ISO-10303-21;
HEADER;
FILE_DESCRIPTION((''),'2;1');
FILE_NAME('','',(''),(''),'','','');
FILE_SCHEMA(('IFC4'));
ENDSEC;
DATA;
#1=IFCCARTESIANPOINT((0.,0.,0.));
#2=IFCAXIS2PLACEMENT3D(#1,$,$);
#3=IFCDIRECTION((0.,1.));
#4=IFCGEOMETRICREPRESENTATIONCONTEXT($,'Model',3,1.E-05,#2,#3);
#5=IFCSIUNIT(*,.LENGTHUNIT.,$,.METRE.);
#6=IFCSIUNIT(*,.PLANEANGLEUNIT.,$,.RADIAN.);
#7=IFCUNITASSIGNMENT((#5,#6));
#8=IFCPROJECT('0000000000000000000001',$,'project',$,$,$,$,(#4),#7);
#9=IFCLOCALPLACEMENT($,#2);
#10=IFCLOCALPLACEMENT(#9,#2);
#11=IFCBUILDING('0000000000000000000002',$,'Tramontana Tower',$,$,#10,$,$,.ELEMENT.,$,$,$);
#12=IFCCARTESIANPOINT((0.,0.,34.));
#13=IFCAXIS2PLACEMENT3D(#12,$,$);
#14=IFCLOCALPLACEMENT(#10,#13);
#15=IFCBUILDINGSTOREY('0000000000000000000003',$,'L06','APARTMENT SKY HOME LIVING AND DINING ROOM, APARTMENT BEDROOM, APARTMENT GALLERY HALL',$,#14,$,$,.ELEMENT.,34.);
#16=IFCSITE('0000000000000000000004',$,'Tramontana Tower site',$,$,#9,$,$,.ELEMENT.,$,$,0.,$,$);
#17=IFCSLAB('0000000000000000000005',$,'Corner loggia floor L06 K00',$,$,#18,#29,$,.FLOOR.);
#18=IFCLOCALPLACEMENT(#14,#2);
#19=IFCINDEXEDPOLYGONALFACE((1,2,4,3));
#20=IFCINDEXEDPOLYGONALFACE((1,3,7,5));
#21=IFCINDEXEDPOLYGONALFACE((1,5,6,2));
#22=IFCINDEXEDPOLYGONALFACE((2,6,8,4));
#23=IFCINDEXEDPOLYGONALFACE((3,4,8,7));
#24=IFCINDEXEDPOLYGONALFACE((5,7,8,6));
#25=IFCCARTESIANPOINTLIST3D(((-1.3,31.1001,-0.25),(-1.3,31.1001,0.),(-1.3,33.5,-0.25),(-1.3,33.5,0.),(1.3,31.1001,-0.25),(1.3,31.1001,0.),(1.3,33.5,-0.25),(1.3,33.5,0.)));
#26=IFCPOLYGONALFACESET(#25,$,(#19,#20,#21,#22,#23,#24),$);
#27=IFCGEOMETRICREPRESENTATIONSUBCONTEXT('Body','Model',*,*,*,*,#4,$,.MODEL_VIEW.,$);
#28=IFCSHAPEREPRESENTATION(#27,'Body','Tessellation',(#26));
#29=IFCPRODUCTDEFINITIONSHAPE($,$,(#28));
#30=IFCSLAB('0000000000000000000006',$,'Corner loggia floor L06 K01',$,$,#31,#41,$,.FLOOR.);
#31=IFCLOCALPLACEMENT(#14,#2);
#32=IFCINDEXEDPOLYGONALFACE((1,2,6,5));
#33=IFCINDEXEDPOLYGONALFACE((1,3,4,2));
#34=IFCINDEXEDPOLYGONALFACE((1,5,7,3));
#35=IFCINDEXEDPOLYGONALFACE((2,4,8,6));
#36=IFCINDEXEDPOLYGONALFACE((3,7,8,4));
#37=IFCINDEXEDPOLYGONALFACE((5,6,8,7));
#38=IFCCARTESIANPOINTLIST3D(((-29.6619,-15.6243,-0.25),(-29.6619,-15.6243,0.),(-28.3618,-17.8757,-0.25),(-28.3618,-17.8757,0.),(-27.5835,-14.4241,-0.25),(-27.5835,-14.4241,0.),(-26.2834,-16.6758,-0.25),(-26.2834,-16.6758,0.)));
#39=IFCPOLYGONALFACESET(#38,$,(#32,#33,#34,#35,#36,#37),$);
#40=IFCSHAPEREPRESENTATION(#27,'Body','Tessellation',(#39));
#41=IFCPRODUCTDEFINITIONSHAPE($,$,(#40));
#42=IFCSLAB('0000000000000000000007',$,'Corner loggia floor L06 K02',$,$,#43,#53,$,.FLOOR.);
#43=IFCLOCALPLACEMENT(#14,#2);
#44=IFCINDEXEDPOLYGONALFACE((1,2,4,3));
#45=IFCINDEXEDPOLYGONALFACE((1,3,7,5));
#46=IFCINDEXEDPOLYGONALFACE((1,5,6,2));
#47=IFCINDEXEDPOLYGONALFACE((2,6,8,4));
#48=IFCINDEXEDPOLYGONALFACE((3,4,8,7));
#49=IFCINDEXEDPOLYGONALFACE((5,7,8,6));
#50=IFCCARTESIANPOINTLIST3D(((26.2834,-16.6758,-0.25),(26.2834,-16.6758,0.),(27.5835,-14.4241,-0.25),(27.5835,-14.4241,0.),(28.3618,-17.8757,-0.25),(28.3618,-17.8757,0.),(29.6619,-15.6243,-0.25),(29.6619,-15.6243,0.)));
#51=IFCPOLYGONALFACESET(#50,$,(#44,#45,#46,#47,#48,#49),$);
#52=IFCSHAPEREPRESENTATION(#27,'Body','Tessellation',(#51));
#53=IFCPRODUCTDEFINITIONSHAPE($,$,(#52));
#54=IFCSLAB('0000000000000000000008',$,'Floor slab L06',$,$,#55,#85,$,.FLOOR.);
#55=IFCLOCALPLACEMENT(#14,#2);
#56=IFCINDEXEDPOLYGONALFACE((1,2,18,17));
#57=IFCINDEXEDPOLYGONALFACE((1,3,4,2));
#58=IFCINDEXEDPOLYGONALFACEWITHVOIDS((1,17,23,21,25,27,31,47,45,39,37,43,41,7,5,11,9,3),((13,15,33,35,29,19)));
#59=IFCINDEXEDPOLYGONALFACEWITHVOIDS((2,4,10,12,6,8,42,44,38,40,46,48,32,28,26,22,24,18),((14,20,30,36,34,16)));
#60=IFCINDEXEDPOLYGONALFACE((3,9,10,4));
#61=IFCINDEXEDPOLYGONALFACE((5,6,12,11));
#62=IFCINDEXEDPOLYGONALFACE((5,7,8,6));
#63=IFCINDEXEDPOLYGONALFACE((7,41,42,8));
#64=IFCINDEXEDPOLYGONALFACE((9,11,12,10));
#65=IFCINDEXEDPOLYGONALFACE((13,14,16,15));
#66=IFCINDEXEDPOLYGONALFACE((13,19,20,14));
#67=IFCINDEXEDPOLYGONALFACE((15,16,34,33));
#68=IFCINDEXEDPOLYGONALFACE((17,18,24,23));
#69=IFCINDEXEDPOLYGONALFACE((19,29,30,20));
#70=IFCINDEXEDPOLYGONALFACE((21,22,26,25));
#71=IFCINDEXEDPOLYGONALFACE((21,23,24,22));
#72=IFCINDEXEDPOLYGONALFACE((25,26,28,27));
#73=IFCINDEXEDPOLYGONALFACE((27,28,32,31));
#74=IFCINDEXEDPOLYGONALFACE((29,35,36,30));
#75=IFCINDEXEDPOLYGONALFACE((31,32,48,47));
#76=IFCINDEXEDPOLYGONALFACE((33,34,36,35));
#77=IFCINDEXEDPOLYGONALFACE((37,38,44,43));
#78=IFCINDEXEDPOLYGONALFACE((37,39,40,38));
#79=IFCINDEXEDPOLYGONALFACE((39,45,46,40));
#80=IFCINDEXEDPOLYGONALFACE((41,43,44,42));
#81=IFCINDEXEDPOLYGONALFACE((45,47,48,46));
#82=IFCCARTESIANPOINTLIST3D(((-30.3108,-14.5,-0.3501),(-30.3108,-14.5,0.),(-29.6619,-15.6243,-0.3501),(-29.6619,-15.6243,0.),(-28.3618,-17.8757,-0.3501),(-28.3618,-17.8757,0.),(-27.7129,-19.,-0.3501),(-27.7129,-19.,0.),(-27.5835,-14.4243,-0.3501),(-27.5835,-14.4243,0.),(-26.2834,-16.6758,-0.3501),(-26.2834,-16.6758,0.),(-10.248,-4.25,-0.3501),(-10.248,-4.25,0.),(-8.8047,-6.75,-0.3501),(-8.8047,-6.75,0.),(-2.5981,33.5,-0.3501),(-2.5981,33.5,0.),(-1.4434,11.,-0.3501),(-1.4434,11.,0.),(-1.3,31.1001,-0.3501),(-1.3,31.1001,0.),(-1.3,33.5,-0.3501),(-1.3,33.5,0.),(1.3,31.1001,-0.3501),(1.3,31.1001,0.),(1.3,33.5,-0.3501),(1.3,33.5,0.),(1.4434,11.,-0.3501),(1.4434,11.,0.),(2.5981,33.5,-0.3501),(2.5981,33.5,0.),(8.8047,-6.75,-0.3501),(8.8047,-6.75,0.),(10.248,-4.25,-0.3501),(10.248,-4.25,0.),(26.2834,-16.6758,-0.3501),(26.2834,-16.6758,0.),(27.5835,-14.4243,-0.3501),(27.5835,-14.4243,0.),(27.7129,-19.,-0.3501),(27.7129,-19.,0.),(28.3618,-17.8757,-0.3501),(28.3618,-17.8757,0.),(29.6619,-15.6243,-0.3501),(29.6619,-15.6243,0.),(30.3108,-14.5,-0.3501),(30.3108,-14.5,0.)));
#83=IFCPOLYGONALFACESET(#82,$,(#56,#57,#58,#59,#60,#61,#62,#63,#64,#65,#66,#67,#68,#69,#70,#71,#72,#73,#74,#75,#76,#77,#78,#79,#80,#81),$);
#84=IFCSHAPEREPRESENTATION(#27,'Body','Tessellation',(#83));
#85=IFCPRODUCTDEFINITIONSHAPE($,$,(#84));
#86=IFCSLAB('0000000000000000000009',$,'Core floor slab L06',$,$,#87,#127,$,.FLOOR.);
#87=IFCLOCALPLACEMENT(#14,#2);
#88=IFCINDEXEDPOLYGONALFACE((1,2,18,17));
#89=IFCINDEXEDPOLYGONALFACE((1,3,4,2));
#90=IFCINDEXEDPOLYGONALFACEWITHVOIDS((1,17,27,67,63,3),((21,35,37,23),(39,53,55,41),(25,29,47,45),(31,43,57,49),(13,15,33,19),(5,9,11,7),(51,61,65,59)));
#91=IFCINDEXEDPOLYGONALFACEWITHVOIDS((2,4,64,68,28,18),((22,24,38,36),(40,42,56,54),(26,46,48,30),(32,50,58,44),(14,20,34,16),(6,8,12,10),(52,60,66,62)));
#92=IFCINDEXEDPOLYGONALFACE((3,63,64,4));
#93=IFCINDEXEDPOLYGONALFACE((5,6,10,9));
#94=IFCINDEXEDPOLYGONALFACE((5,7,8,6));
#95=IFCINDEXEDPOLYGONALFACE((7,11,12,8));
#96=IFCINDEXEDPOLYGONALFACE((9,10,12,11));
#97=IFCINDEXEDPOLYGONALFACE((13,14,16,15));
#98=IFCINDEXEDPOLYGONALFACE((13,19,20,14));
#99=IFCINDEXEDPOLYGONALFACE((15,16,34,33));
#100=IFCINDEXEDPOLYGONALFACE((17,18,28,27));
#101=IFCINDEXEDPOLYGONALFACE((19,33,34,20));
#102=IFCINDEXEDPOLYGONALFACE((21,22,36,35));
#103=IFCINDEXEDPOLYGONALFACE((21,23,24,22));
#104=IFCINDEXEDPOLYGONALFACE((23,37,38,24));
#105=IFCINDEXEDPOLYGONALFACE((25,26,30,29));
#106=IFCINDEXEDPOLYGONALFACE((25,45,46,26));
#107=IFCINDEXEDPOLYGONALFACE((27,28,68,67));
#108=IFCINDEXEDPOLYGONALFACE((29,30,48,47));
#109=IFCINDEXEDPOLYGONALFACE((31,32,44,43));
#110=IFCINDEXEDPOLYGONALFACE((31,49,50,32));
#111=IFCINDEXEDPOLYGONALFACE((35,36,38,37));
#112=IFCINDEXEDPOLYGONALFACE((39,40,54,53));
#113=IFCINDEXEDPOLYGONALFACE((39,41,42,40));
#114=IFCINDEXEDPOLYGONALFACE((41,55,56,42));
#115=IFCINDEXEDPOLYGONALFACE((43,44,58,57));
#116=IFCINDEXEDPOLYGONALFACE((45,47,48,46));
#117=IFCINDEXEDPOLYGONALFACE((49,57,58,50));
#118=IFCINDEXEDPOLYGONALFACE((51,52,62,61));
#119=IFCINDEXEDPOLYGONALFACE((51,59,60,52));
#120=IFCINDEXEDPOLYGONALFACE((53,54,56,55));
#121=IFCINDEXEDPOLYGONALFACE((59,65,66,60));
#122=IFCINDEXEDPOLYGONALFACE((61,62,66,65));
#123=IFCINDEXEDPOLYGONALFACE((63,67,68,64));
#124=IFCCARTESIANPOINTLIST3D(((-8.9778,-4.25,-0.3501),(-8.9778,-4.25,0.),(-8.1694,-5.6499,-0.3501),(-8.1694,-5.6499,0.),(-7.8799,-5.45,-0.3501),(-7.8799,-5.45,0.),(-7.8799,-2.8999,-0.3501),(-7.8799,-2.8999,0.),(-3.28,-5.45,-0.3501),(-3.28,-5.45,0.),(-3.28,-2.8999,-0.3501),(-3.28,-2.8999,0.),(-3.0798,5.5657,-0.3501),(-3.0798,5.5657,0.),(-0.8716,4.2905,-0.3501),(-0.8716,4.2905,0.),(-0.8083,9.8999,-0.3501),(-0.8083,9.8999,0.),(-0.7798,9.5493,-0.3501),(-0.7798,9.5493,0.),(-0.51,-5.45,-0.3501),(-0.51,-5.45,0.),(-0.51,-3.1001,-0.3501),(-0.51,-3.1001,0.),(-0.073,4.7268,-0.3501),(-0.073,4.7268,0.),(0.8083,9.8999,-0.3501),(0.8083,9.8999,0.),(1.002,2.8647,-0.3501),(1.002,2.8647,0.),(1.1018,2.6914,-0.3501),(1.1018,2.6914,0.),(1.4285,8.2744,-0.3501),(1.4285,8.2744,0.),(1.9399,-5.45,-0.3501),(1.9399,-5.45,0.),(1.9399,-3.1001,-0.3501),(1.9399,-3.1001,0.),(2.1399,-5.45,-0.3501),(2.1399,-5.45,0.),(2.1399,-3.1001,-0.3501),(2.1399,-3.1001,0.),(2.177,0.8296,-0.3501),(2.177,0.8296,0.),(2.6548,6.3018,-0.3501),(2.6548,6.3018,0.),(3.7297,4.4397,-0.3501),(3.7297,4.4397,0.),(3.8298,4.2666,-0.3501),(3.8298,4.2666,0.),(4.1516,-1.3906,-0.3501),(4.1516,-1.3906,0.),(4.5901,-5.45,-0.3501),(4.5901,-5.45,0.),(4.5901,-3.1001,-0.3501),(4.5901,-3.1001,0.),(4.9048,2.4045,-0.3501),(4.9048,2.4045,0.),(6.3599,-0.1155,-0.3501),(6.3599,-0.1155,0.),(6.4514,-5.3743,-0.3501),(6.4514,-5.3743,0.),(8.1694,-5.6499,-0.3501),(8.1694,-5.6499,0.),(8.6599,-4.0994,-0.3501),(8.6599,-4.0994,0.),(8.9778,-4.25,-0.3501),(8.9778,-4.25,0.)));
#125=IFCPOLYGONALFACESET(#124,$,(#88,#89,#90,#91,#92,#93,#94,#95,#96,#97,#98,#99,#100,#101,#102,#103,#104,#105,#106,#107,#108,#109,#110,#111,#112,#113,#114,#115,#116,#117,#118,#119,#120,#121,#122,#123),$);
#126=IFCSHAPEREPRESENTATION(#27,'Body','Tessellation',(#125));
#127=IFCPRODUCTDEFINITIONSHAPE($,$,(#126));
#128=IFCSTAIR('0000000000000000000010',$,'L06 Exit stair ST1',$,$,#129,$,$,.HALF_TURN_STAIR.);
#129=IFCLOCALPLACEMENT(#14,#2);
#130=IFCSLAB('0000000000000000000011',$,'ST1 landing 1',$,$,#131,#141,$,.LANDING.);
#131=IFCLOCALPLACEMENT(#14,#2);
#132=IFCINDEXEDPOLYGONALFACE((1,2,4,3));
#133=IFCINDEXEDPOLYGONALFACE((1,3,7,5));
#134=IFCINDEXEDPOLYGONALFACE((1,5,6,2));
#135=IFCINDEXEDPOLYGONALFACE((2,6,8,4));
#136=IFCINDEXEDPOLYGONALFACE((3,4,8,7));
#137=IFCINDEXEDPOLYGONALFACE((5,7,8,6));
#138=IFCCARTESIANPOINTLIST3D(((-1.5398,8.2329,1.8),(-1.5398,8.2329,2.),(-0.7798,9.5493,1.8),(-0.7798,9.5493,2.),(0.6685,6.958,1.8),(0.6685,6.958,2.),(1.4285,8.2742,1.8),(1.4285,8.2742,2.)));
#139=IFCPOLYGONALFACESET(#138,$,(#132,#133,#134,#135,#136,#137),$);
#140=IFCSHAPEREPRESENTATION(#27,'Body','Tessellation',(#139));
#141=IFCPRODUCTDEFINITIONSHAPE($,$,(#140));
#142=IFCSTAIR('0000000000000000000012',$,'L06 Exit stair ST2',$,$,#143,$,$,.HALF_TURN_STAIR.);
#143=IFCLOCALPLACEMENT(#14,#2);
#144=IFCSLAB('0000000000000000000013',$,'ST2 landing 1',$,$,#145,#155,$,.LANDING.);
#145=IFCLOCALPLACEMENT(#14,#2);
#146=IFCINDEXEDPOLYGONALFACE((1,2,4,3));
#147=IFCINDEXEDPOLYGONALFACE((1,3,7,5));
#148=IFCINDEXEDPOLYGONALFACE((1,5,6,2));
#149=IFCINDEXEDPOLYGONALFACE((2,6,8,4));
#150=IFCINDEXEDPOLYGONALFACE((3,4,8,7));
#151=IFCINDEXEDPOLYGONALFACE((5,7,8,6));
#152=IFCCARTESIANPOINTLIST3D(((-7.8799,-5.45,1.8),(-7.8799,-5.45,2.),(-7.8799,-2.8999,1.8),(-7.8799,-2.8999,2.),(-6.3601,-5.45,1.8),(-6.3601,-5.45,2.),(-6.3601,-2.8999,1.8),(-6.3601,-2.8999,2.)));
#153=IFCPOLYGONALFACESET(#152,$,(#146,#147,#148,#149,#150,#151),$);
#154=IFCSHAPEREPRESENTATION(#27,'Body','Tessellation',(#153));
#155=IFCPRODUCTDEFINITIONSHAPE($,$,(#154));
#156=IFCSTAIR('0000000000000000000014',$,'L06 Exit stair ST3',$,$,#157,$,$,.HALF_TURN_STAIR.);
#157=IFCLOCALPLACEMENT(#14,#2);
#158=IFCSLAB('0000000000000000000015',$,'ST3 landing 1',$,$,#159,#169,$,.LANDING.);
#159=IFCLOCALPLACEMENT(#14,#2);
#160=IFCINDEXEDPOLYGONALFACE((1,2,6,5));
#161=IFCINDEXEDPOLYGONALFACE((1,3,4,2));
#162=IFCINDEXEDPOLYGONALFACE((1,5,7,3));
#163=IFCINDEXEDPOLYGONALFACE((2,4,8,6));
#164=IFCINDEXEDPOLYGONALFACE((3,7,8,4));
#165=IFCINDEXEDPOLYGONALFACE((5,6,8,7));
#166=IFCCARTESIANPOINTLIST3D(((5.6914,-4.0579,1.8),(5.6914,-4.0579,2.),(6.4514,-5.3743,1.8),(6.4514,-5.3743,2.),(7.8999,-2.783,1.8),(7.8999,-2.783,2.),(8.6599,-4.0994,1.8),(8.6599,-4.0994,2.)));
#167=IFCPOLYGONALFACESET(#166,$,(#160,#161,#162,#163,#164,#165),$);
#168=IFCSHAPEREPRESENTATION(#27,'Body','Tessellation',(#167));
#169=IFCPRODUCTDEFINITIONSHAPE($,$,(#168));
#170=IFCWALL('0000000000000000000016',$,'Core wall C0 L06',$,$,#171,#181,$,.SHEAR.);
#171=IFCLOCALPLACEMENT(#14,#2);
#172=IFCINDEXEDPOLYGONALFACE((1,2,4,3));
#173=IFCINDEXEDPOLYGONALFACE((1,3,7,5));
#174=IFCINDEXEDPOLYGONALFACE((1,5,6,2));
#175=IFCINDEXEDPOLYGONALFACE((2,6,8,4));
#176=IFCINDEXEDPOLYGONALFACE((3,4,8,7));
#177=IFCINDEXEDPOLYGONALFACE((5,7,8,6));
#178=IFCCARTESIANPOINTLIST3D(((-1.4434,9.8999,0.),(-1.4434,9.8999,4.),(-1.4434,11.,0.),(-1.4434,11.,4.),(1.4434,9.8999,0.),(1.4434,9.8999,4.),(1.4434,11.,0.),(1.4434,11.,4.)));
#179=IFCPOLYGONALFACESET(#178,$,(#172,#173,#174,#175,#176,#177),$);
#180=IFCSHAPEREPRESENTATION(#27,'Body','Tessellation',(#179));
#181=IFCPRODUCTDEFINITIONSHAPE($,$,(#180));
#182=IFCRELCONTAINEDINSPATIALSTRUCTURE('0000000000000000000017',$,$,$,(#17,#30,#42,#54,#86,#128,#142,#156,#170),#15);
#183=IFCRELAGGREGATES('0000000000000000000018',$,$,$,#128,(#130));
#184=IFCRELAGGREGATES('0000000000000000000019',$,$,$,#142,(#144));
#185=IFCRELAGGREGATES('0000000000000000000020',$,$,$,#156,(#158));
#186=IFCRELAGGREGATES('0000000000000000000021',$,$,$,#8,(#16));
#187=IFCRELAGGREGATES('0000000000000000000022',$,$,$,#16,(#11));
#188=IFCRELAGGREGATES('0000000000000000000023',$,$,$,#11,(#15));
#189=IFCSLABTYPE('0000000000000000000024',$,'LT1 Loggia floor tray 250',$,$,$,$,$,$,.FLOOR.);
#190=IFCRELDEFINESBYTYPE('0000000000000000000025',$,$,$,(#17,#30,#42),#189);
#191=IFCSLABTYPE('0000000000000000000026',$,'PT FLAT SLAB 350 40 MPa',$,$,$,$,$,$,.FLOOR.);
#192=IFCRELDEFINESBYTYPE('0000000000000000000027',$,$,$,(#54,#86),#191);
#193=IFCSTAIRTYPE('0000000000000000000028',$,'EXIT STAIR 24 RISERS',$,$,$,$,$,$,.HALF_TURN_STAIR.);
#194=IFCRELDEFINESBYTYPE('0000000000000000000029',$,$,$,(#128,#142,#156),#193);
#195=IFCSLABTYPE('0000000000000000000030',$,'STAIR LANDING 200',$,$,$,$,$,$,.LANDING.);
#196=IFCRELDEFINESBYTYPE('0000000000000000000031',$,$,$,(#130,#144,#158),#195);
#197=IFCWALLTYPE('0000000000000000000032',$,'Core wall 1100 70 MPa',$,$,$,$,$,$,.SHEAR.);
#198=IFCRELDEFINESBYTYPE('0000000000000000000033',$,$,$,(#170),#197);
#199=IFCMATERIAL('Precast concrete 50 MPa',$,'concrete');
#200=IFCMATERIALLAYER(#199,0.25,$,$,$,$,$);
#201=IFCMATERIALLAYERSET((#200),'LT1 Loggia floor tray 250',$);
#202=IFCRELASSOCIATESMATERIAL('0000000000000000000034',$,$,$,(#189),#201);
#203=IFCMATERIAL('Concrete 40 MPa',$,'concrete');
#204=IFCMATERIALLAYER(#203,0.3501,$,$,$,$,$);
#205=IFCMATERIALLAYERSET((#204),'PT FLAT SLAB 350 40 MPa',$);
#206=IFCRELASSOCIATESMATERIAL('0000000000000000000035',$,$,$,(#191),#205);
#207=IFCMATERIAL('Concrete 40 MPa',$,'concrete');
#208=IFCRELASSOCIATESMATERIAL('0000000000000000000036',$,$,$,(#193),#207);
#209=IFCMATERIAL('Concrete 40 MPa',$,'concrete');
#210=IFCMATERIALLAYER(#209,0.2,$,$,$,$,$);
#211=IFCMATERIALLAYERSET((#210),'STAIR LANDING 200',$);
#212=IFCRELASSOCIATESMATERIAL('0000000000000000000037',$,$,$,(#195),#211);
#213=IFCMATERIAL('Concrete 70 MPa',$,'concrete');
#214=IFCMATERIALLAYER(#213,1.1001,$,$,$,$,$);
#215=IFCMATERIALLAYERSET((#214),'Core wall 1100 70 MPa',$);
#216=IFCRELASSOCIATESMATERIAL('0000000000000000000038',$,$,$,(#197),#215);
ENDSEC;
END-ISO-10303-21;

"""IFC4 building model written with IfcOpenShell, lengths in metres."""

from ifc_helpers import new_model, si_unit, direction, frame, frame_2d, origin, place, context, subcontext, project, spatial, polyline, rectangle, outline, extrude, material, layer, layer_set, type_object, element, aggregate, save


model = new_model("IFC4")

# Units and contexts
model_context = context("Model", 3, precision=1e-05, world=origin(), true_north=direction((0.0, 1.0)))
body_context = subcontext(model_context, "Body", "Model", "MODEL_VIEW")
ifc_project = project(units=[si_unit("LENGTHUNIT", "METRE"), si_unit("PLANEANGLEUNIT", "RADIAN")], contexts=[model_context])

# Site, building, storey
site_placement = place(None, origin())
site = spatial("IfcSite", under=ifc_project, at=site_placement, Name="Tramontana Tower site", CompositionType="ELEMENT", RefElevation=0.0)
building_placement = place(site_placement, origin())
building = spatial("IfcBuilding", under=site, at=building_placement, Name="Tramontana Tower", CompositionType="ELEMENT")
storey_placement = place(building_placement, frame((0.0, 0.0, 34.0)))
storey = spatial("IfcBuildingStorey", under=building, at=storey_placement, Name="L06", Description="APARTMENT SKY HOME LIVING AND DINING ROOM, APARTMENT BEDROOM, APARTMENT GALLERY HALL", CompositionType="ELEMENT", Elevation=34.0)

# Slabs
ifc_material_1 = material(Name="Precast concrete 50 MPa", Category="concrete")
ifc_layer_1 = layer(ifc_material_1, 0.25)
ifc_layer_set_1 = layer_set([ifc_layer_1], Name="LT1 Loggia floor tray 250")
slab_type_1 = type_object("IfcSlabType", Name="LT1 Loggia floor tray 250", PredefinedType="FLOOR", material=ifc_layer_set_1)
slab_1_placement = place(storey_placement, frame((0.0, 0.0, -0.25)))
element("IfcSlab", 1, at=slab_1_placement, inside=storey, type_object=slab_type_1, Name="Corner loggia floor L06 K00", PredefinedType="FLOOR", context=body_context, shape_type="SweptSolid", body=[
    extrude(outline(polyline([(1.3, 33.5), (1.3, 31.1001), (-1.3, 31.1001), (-1.3, 33.5), (1.3, 33.5)])), origin(), (0.0, 0.0, 1.0), 0.25),
])
slab_2_placement = place(storey_placement, frame((0.0, 0.0, -0.25)))
element("IfcSlab", 2, at=slab_2_placement, inside=storey, type_object=slab_type_1, Name="Corner loggia floor L06 K01", PredefinedType="FLOOR", context=body_context, shape_type="SweptSolid", body=[
    extrude(outline(polyline([(-29.6619, -15.6243), (-27.5835, -14.4241), (-26.2834, -16.6758), (-28.3618, -17.8757), (-29.6619, -15.6243)])), origin(), (0.0, 0.0, 1.0), 0.25),
])
slab_3_placement = place(storey_placement, frame((0.0, 0.0, -0.25)))
element("IfcSlab", 3, at=slab_3_placement, inside=storey, type_object=slab_type_1, Name="Corner loggia floor L06 K02", PredefinedType="FLOOR", context=body_context, shape_type="SweptSolid", body=[
    extrude(outline(polyline([(28.3618, -17.8757), (26.2834, -16.6758), (27.5835, -14.4241), (29.6619, -15.6243), (28.3618, -17.8757)])), origin(), (0.0, 0.0, 1.0), 0.25),
])
ifc_material_2 = material(Name="Concrete 40 MPa", Category="concrete")
ifc_layer_2 = layer(ifc_material_2, 0.3501)
ifc_layer_set_2 = layer_set([ifc_layer_2], Name="PT FLAT SLAB 350 40 MPa")
slab_type_2 = type_object("IfcSlabType", Name="PT FLAT SLAB 350 40 MPa", PredefinedType="FLOOR", material=ifc_layer_set_2)
slab_4_placement = place(storey_placement, frame((0.0, 0.0, -0.3501)))
element("IfcSlab", 4, at=slab_4_placement, inside=storey, type_object=slab_type_2, Name="Floor slab L06", PredefinedType="FLOOR", context=body_context, shape_type="SweptSolid", body=[
    extrude(outline(polyline([(29.6619, -15.6243), (27.5835, -14.4243), (26.2834, -16.6758), (28.3618, -17.8757), (27.7129, -19.0), (-27.7129, -19.0), (-28.3618, -17.8757), (-26.2834, -16.6758), (-27.5835, -14.4243), (-29.6619, -15.6243), (-30.3108, -14.5), (-2.5981, 33.5), (-1.3, 33.5), (-1.3, 31.1001), (1.3, 31.1001), (1.3, 33.5), (2.5981, 33.5), (30.3108, -14.5), (29.6619, -15.6243)]), holes=[polyline([(-10.248, -4.25), (-8.8047, -6.75), (8.8047, -6.75), (10.248, -4.25), (1.4434, 11.0), (-1.4434, 11.0), (-10.248, -4.25)])]), origin(), (0.0, 0.0, 1.0), 0.3501),
])
slab_5_placement = place(storey_placement, frame((0.0, 0.0, -0.3501)))
element("IfcSlab", 5, at=slab_5_placement, inside=storey, type_object=slab_type_2, Name="Core floor slab L06", PredefinedType="FLOOR", context=body_context, shape_type="SweptSolid", body=[
    extrude(outline(polyline([(8.9778, -4.25), (8.1694, -5.6499), (-8.1694, -5.6499), (-8.9778, -4.25), (-0.8083, 9.8999), (0.8083, 9.8999), (8.9778, -4.25)]), holes=[polyline([(8.6599, -4.0994), (6.3599, -0.1155), (4.1516, -1.3906), (6.4514, -5.3743), (8.6599, -4.0994)]), polyline([(3.8298, 4.2666), (1.1018, 2.6914), (2.177, 0.8296), (4.9048, 2.4045), (3.8298, 4.2666)]), polyline([(4.5901, -3.1001), (2.1399, -3.1001), (2.1399, -5.45), (4.5901, -5.45), (4.5901, -3.1001)]), polyline([(2.6548, 6.3018), (-0.073, 4.7268), (1.002, 2.8647), (3.7297, 4.4397), (2.6548, 6.3018)]), polyline([(1.9399, -5.45), (1.9399, -3.1001), (-0.51, -3.1001), (-0.51, -5.45), (1.9399, -5.45)]), polyline([(-0.7798, 9.5493), (-3.0798, 5.5657), (-0.8716, 4.2905), (1.4285, 8.2744), (-0.7798, 9.5493)]), polyline([(-7.8799, -5.45), (-3.28, -5.45), (-3.28, -2.8999), (-7.8799, -2.8999), (-7.8799, -5.45)])]), origin(), (0.0, 0.0, 1.0), 0.3501),
])

# Stairs, slabs
ifc_material_3 = material(Name="Concrete 40 MPa", Category="concrete")
stair_type = type_object("IfcStairType", Name="EXIT STAIR 24 RISERS", PredefinedType="HALF_TURN_STAIR", material=ifc_material_3)
stair_1_placement = place(storey_placement, origin())
stair_1 = element("IfcStair", 6, at=stair_1_placement, inside=storey, type_object=stair_type, Name="L06 Exit stair ST1", PredefinedType="HALF_TURN_STAIR")
ifc_material_4 = material(Name="Concrete 40 MPa", Category="concrete")
ifc_layer_3 = layer(ifc_material_4, 0.2)
ifc_layer_set_3 = layer_set([ifc_layer_3], Name="STAIR LANDING 200")
slab_type_3 = type_object("IfcSlabType", Name="STAIR LANDING 200", PredefinedType="LANDING", material=ifc_layer_set_3)
slab_6_placement = place(storey_placement, frame((0.0, 0.0, 1.8)))
slab_6 = element("IfcSlab", 7, at=slab_6_placement, type_object=slab_type_3, Name="ST1 landing 1", PredefinedType="LANDING", context=body_context, shape_type="SweptSolid", body=[
    extrude(outline(polyline([(0.6685, 6.958), (1.4285, 8.2742), (-0.7798, 9.5493), (-1.5398, 8.2329), (0.6685, 6.958)])), origin(), (0.0, 0.0, 1.0), 0.2),
])
aggregate(stair_1, [slab_6])
stair_2_placement = place(storey_placement, origin())
stair_2 = element("IfcStair", 8, at=stair_2_placement, inside=storey, type_object=stair_type, Name="L06 Exit stair ST2", PredefinedType="HALF_TURN_STAIR")
slab_7_placement = place(storey_placement, frame((0.0, 0.0, 1.8)))
slab_7 = element("IfcSlab", 9, at=slab_7_placement, type_object=slab_type_3, Name="ST2 landing 1", PredefinedType="LANDING", context=body_context, shape_type="SweptSolid", body=[
    extrude(outline(polyline([(-6.3601, -2.8999), (-7.8799, -2.8999), (-7.8799, -5.45), (-6.3601, -5.45), (-6.3601, -2.8999)])), origin(), (0.0, 0.0, 1.0), 0.2),
])
aggregate(stair_2, [slab_7])
stair_3_placement = place(storey_placement, origin())
stair_3 = element("IfcStair", 10, at=stair_3_placement, inside=storey, type_object=stair_type, Name="L06 Exit stair ST3", PredefinedType="HALF_TURN_STAIR")
slab_8_placement = place(storey_placement, frame((0.0, 0.0, 1.8)))
slab_8 = element("IfcSlab", 11, at=slab_8_placement, type_object=slab_type_3, Name="ST3 landing 1", PredefinedType="LANDING", context=body_context, shape_type="SweptSolid", body=[
    extrude(outline(polyline([(5.6914, -4.0579), (6.4514, -5.3743), (8.6599, -4.0994), (7.8999, -2.783), (5.6914, -4.0579)])), origin(), (0.0, 0.0, 1.0), 0.2),
])
aggregate(stair_3, [slab_8])

# Wall
ifc_material_5 = material(Name="Concrete 70 MPa", Category="concrete")
ifc_layer_4 = layer(ifc_material_5, 1.1001)
ifc_layer_set_4 = layer_set([ifc_layer_4], Name="Core wall 1100 70 MPa")
wall_type_1 = type_object("IfcWallType", Name="Core wall 1100 70 MPa", PredefinedType="SHEAR", material=ifc_layer_set_4)
wall_1_placement = place(storey_placement, frame((1.4434, 10.45, 0.0), z_axis=(0.0, 0.0, 1.0), x_axis=(-1.0, 0.0, 0.0)))
element("IfcWall", 12, at=wall_1_placement, inside=storey, type_object=wall_type_1, Name="Core wall C0 L06", PredefinedType="SHEAR", context=body_context, shape_type="SweptSolid", body=[
    extrude(rectangle(XDim=2.8867, YDim=1.1001, at=frame_2d((1.4434, 0.0))), origin(), (0.0, 0.0, 1.0), 4.0),
])

save(model, "model.ifc")
